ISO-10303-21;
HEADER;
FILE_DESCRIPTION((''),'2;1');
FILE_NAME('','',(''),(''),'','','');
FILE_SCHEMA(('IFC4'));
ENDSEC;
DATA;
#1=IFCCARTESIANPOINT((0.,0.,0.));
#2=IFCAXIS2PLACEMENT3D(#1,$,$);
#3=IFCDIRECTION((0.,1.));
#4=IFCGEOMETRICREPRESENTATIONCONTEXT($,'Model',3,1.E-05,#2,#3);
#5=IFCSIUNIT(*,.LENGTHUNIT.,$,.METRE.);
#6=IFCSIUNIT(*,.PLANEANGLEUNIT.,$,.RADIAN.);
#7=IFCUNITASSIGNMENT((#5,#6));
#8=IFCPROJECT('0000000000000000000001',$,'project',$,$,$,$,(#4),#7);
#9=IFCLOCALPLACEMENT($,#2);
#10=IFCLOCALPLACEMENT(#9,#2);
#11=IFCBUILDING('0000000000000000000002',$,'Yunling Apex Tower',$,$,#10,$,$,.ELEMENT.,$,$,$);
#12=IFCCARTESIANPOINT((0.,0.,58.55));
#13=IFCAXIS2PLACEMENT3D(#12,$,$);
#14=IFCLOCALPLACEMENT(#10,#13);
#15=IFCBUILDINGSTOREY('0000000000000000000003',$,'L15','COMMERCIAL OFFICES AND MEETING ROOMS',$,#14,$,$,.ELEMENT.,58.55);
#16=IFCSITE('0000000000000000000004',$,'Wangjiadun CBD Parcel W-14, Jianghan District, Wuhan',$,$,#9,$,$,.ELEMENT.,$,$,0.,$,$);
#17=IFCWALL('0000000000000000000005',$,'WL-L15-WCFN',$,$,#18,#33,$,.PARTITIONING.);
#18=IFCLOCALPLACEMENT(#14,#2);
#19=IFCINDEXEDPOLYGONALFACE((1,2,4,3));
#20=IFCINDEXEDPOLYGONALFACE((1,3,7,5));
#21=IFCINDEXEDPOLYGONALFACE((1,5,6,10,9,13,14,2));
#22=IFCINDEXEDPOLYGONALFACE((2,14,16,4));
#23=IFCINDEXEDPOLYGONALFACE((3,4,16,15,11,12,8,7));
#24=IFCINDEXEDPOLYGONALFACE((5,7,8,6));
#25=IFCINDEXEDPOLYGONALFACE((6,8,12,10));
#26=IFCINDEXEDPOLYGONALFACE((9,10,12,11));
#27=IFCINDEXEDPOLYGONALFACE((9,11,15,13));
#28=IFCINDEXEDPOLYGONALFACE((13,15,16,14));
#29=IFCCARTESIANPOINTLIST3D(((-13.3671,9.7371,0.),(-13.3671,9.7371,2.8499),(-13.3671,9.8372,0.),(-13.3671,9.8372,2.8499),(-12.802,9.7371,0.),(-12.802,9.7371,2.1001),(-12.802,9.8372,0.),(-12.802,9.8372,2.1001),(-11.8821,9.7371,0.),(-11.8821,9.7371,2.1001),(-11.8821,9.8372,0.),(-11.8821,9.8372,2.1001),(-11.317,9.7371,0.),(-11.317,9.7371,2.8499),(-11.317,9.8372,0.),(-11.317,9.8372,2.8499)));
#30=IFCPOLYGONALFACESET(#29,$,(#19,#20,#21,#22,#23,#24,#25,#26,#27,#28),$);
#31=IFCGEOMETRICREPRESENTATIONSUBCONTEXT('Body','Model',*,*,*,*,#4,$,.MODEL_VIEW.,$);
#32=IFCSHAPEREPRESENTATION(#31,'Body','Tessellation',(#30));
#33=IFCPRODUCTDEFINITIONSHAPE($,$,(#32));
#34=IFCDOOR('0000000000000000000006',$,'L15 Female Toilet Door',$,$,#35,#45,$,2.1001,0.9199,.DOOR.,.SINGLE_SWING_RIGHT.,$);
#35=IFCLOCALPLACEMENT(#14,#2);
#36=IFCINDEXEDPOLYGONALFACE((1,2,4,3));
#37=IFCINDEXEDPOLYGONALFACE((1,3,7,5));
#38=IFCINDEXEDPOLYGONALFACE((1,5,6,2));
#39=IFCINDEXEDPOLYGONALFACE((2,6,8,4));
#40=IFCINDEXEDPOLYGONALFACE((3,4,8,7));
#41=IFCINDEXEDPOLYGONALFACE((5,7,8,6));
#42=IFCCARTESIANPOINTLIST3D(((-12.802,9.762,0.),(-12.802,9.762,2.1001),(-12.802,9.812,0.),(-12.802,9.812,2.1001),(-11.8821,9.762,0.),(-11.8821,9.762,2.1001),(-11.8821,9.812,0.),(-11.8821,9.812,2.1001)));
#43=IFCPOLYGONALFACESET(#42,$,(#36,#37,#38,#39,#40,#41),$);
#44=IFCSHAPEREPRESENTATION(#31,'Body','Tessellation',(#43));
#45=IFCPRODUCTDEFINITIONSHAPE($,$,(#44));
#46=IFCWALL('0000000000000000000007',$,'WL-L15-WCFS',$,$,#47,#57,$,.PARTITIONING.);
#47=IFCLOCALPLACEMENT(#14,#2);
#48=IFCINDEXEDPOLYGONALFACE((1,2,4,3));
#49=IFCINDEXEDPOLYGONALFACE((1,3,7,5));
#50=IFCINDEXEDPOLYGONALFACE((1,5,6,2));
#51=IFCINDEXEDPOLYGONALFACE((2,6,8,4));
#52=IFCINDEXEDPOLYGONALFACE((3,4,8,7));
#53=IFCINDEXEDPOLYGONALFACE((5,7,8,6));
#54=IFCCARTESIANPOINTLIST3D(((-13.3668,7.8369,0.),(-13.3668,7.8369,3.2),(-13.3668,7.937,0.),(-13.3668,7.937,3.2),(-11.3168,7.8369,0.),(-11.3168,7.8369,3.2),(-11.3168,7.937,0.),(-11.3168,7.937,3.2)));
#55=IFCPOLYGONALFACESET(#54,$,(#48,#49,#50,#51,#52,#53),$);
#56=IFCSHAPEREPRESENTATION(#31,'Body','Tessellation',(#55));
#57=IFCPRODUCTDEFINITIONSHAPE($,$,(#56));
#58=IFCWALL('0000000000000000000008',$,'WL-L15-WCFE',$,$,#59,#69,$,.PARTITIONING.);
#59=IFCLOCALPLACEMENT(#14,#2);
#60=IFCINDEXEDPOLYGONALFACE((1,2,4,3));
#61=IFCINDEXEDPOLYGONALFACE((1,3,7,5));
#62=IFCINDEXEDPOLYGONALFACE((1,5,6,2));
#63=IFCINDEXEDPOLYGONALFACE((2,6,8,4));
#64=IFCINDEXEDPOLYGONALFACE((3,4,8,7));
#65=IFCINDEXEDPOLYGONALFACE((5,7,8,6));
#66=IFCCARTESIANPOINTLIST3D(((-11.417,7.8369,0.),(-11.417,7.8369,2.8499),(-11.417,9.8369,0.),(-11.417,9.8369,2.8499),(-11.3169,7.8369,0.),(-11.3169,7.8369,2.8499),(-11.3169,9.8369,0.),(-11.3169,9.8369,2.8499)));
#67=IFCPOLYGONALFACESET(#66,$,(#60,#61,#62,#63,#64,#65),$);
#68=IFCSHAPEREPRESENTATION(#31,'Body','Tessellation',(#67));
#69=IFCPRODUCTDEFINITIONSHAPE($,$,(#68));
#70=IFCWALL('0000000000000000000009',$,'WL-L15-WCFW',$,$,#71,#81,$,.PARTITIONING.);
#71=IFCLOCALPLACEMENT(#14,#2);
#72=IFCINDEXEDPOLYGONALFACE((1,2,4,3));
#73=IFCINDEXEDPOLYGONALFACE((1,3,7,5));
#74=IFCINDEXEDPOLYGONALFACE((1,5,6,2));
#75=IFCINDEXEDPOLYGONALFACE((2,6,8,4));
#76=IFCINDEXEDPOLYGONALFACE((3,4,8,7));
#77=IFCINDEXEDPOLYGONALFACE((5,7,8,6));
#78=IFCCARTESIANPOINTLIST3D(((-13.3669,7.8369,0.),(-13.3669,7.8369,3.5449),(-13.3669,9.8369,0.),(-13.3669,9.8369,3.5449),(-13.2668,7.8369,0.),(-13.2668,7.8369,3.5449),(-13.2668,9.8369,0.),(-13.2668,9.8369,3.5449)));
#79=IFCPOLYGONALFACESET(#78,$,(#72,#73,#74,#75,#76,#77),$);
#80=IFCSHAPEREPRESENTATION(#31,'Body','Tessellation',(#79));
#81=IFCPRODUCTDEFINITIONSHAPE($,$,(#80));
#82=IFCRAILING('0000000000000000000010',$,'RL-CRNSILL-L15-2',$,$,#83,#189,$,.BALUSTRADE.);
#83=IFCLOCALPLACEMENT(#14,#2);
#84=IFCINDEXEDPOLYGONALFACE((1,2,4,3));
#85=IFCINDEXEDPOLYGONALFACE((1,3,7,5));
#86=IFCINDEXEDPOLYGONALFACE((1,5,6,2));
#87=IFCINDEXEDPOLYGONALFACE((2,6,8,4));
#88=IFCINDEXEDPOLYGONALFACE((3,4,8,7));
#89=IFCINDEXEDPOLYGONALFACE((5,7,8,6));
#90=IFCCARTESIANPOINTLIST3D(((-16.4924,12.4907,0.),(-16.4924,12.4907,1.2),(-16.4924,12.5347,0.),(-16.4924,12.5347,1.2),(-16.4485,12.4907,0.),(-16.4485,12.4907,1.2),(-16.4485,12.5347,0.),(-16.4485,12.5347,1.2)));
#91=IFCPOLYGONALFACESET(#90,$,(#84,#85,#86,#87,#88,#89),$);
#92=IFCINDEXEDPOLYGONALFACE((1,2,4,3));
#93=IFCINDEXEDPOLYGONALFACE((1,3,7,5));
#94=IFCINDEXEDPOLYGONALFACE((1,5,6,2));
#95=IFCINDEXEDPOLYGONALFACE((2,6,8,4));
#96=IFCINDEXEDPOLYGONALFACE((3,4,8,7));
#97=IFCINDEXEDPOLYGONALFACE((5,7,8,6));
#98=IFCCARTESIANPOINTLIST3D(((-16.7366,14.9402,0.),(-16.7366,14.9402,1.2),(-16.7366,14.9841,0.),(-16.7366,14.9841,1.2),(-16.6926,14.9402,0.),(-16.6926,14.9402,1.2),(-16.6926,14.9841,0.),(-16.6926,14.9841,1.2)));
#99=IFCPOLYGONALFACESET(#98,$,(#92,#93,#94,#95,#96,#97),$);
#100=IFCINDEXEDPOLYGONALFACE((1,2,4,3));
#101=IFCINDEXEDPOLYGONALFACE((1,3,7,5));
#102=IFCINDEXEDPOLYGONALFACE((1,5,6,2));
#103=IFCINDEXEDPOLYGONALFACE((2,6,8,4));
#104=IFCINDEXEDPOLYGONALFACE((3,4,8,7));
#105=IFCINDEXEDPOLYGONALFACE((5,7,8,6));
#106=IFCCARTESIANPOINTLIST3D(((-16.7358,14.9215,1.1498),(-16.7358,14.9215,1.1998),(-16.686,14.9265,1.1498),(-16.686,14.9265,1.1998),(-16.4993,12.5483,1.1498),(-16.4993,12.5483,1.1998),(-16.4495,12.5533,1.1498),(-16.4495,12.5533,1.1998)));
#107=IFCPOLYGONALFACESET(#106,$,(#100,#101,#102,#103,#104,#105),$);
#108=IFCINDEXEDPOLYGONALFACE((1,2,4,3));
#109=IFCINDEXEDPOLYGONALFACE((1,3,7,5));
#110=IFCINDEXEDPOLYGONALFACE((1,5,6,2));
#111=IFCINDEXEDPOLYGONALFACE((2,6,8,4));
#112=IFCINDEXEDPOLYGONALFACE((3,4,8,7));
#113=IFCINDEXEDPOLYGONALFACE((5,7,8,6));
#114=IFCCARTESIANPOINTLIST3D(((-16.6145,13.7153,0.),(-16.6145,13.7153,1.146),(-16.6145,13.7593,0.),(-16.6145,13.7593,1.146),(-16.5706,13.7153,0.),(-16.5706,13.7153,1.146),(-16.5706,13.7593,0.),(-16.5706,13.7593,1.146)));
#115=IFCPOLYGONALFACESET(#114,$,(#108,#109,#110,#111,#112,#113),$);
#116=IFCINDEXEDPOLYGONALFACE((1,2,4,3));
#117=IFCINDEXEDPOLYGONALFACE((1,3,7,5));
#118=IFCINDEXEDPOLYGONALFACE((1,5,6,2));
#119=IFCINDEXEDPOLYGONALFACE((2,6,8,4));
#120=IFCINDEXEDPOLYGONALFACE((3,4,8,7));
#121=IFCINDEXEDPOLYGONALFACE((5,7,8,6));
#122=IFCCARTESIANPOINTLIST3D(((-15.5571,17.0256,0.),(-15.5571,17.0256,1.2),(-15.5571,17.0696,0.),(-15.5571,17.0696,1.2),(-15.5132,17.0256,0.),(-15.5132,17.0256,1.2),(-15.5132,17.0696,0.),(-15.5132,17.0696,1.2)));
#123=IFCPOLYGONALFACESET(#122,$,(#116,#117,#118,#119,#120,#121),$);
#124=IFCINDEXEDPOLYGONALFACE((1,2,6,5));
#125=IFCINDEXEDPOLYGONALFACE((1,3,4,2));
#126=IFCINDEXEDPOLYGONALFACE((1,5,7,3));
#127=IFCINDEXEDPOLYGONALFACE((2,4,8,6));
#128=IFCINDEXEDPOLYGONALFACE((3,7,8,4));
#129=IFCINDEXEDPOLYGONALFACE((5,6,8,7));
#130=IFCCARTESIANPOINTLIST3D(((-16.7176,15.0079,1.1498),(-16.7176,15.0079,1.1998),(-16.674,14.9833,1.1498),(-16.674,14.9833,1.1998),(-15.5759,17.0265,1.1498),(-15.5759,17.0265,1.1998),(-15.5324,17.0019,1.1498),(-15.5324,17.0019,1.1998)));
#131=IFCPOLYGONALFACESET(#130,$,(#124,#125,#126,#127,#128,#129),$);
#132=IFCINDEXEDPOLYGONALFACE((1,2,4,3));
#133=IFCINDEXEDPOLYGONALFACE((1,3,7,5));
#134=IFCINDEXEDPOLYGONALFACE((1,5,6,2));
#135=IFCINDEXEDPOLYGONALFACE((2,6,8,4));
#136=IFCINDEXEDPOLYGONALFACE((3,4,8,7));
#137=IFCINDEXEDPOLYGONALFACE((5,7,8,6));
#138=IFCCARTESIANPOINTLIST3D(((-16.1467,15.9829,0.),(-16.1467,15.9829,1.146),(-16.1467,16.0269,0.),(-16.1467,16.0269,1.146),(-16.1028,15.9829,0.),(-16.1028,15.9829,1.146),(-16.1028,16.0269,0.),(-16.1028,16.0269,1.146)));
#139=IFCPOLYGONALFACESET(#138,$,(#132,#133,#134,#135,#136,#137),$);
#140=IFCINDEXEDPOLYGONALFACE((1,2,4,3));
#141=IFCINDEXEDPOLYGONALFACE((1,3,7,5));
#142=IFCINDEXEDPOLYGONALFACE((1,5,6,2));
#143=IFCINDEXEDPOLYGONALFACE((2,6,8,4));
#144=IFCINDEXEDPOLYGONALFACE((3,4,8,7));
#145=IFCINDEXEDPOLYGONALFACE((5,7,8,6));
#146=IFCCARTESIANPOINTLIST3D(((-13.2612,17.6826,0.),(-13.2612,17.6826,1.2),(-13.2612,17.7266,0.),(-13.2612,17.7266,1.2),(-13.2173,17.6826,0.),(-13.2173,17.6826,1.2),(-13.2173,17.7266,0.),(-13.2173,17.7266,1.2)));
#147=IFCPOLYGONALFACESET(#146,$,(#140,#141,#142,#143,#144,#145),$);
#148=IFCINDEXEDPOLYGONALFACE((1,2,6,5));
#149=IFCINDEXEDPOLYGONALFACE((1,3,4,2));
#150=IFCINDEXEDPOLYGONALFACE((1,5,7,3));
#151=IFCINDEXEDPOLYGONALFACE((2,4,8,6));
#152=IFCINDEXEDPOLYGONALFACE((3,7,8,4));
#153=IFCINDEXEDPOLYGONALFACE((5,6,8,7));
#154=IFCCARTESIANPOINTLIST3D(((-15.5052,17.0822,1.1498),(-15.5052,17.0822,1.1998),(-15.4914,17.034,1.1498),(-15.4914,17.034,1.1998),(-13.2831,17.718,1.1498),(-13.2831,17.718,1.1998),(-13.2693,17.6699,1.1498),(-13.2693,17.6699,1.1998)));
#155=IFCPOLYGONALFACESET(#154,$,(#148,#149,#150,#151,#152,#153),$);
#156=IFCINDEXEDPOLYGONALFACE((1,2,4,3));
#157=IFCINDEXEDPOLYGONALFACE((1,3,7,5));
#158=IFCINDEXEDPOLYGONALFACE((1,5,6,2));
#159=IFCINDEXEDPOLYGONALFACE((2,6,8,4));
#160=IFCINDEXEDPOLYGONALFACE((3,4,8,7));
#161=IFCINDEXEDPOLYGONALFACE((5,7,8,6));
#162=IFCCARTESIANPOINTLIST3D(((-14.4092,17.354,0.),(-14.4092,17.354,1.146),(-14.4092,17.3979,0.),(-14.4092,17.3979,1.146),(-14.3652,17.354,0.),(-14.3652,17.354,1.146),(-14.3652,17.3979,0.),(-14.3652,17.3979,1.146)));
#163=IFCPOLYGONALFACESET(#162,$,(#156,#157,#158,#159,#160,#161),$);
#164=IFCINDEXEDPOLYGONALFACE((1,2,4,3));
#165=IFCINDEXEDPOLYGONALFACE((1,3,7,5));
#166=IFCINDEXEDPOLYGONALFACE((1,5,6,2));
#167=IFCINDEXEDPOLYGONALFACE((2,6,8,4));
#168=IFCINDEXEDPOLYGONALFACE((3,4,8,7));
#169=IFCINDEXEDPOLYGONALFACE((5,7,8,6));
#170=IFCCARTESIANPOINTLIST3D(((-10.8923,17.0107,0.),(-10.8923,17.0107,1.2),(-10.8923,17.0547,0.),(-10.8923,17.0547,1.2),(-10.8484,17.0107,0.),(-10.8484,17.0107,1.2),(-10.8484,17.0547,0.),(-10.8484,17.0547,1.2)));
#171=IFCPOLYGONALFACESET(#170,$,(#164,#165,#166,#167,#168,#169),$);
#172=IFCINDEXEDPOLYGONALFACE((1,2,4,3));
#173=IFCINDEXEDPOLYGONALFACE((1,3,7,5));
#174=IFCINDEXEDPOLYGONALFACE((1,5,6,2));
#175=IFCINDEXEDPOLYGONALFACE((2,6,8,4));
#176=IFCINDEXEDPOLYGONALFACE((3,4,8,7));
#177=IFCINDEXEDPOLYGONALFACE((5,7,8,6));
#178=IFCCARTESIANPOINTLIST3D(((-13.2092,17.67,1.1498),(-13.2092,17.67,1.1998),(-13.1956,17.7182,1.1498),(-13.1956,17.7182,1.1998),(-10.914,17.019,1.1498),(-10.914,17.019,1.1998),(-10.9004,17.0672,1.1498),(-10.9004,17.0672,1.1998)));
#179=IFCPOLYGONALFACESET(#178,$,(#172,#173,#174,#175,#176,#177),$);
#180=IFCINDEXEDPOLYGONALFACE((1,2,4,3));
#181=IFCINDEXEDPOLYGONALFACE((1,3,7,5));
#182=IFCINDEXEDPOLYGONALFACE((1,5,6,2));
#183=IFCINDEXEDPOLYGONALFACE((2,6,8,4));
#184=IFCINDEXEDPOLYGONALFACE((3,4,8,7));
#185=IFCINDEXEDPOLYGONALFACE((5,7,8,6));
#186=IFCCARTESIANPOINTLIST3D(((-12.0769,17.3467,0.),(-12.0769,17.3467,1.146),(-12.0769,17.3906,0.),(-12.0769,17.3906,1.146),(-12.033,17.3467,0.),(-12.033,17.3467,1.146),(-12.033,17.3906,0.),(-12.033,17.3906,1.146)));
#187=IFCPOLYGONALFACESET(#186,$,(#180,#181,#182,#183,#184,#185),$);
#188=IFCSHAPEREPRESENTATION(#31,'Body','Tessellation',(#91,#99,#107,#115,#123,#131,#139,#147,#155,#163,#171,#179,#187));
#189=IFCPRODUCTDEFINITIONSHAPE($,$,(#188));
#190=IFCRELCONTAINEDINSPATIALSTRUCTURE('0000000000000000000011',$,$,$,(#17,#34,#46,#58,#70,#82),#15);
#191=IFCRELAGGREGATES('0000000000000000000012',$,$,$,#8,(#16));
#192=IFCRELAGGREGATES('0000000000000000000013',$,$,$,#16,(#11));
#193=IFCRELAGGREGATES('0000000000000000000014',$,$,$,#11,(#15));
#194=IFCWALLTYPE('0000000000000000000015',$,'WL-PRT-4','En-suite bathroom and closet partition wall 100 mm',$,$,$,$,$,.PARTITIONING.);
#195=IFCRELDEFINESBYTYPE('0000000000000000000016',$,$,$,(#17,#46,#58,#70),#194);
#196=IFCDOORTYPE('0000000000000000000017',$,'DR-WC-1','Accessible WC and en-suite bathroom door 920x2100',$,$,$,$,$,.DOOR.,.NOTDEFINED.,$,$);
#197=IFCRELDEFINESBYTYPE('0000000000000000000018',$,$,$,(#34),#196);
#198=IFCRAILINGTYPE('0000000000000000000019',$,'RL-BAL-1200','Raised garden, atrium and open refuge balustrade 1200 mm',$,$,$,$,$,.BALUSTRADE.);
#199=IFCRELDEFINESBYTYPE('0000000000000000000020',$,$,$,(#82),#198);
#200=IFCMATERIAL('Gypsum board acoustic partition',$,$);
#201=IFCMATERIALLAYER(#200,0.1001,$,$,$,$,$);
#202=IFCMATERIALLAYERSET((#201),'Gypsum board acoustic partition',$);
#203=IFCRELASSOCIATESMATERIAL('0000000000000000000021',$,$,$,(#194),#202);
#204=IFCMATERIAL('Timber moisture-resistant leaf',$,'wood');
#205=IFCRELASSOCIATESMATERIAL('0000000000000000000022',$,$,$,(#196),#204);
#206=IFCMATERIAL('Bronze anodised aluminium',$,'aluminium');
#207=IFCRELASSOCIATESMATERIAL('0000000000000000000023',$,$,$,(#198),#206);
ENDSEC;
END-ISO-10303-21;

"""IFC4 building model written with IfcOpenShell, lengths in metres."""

from ifc_helpers import new_model, si_unit, direction, frame, frame_2d, origin, origin_2d, place, context, subcontext, project, spatial, rectangle, extrude, material, layer, layer_set, type_object, element, fill, save


model = new_model("IFC4")

# Units and contexts
model_context = context("Model", 3, precision=1e-05, world=origin(), true_north=direction((0.0, 1.0)))
body_context = subcontext(model_context, "Body", "Model", "MODEL_VIEW")
ifc_project = project(units=[si_unit("LENGTHUNIT", "METRE"), si_unit("PLANEANGLEUNIT", "RADIAN")], contexts=[model_context])

# Site, building, storey
site_placement = place(None, origin())
site = spatial("IfcSite", under=ifc_project, at=site_placement, Name="Wangjiadun CBD Parcel W-14, Jianghan District, Wuhan", CompositionType="ELEMENT", RefElevation=0.0)
building_placement = place(site_placement, origin())
building = spatial("IfcBuilding", under=site, at=building_placement, Name="Yunling Apex Tower", CompositionType="ELEMENT")
storey_placement = place(building_placement, frame((0.0, 0.0, 58.55)))
storey = spatial("IfcBuildingStorey", under=building, at=storey_placement, Name="L15", Description="COMMERCIAL OFFICES AND MEETING ROOMS", CompositionType="ELEMENT", Elevation=58.55)

# Shared definitions
ifc_material_1 = material(Name="Bronze anodised aluminium", Category="aluminium")

# Shared definitions
ifc_material_2 = material(Name="Gypsum board acoustic partition")

# Wall, opening, door
ifc_layer_1 = layer(ifc_material_2, 0.1001)
ifc_layer_set_1 = layer_set([ifc_layer_1], Name="Gypsum board acoustic partition")
wall_type_1 = type_object("IfcWallType", Name="WL-PRT-4", Description="En-suite bathroom and closet partition wall 100 mm", PredefinedType="PARTITIONING", material=ifc_layer_set_1)
wall_1_placement = place(storey_placement, frame((-13.3669, 9.7871, 0.0), z_axis=(0.0, 0.0, 1.0), x_axis=(1.0, 0.0, 0.0)))
wall_1 = element("IfcWall", 1, at=wall_1_placement, inside=storey, type_object=wall_type_1, Name="WL-L15-WCFN", PredefinedType="PARTITIONING", context=body_context, shape_type="SweptSolid", body=[
    extrude(rectangle(XDim=2.05, YDim=0.1001, at=frame_2d((1.0249, 0.0))), origin(), (0.0, 0.0, 1.0), 2.8499),
])
opening_placement = place(wall_1_placement, frame((0.5649, 0.0, 0.0)))
opening = element("IfcOpeningElement", 2, at=opening_placement, cuts=wall_1, PredefinedType="OPENING", context=body_context, shape_type="SweptSolid", body=[
    extrude(rectangle(XDim=0.9199, YDim=2.1001, at=frame_2d((0.46, 1.05))), frame((0.0, 0.0601, 0.0), z_axis=(0.0, -1.0, 0.0), x_axis=(1.0, 0.0, 0.0)), (0.0, 0.0, 1.0), 0.1201),
])
ifc_material_3 = material(Name="Timber moisture-resistant leaf", Category="wood")
door_type = type_object("IfcDoorType", Name="DR-WC-1", Description="Accessible WC and en-suite bathroom door 920x2100", OperationType="NOTDEFINED", PredefinedType="DOOR", material=ifc_material_3)
door_placement = place(opening_placement, origin())
door = element("IfcDoor", 3, at=door_placement, inside=storey, type_object=door_type, Name="L15 Female Toilet Door", OperationType="SINGLE_SWING_RIGHT", OverallHeight=2.1001, OverallWidth=0.9199, PredefinedType="DOOR", context=body_context, shape_type="SweptSolid", body=[
    extrude(rectangle(XDim=0.9199, YDim=2.1001, at=frame_2d((0.46, 1.05))), frame((0.0, 0.0249, 0.0), z_axis=(0.0, -1.0, 0.0), x_axis=(1.0, 0.0, 0.0)), (0.0, 0.0, 1.0), 0.05),
])
fill(opening, door)

# Walls
wall_2_placement = place(storey_placement, frame((-11.3169, 7.887, 0.0), z_axis=(0.0, 0.0, 1.0), x_axis=(-1.0, 0.0, 0.0)))
element("IfcWall", 4, at=wall_2_placement, inside=storey, type_object=wall_type_1, Name="WL-L15-WCFS", PredefinedType="PARTITIONING", context=body_context, shape_type="SweptSolid", body=[
    extrude(rectangle(XDim=2.05, YDim=0.1001, at=frame_2d((1.0249, 0.0))), origin(), (0.0, 0.0, 1.0), 3.2),
])
wall_3_placement = place(storey_placement, frame((-11.3669, 9.8369, 0.0), z_axis=(0.0, 0.0, 1.0), x_axis=(0.0, -1.0, 0.0)))
element("IfcWall", 5, at=wall_3_placement, inside=storey, type_object=wall_type_1, Name="WL-L15-WCFE", PredefinedType="PARTITIONING", context=body_context, shape_type="SweptSolid", body=[
    extrude(rectangle(XDim=2.0, YDim=0.1001, at=frame_2d((1.0, 0.0))), origin(), (0.0, 0.0, 1.0), 2.8499),
])
wall_4_placement = place(storey_placement, frame((-13.3169, 7.8369, 0.0), z_axis=(0.0, 0.0, 1.0), x_axis=(0.0, 1.0, 0.0)))
element("IfcWall", 6, at=wall_4_placement, inside=storey, type_object=wall_type_1, Name="WL-L15-WCFW", PredefinedType="PARTITIONING", context=body_context, shape_type="SweptSolid", body=[
    extrude(rectangle(XDim=2.0, YDim=0.1001, at=frame_2d((1.0, 0.0))), origin(), (0.0, 0.0, 1.0), 3.5449),
])

# Railing
railing_type = type_object("IfcRailingType", Name="RL-BAL-1200", Description="Raised garden, atrium and open refuge balustrade 1200 mm", PredefinedType="BALUSTRADE", material=ifc_material_1)
railing_placement = place(storey_placement, frame((-16.4705, 12.5127, 0.0)))
element("IfcRailing", 7, at=railing_placement, inside=storey, type_object=railing_type, Name="RL-CRNSILL-L15-2", PredefinedType="BALUSTRADE", context=body_context, shape_type="SweptSolid", body=[
    extrude(rectangle(XDim=0.0439, YDim=0.0439, at=origin_2d()), origin(), (0.0, 0.0, 1.0), 1.2),
    extrude(rectangle(XDim=0.0439, YDim=0.0439, at=origin_2d()), frame((-0.2441, 2.4495, 0.0)), (0.0, 0.0, 1.0), 1.2),
    extrude(rectangle(XDim=0.05, YDim=0.05, at=origin_2d()), frame((-0.0039, 0.0381, 1.1748), z_axis=(-0.09918, 0.99507, 0.0), x_axis=(-0.99507, -0.09918, 0.0)), (0.0, 0.0, 1.0), 2.385),
    extrude(rectangle(XDim=0.0439, YDim=0.0439, at=origin_2d()), frame((-0.1221, 1.2246, 0.0)), (0.0, 0.0, 1.0), 1.146),
    extrude(rectangle(XDim=0.0439, YDim=0.0439, at=origin_2d()), frame((0.9353, 4.5349, 0.0)), (0.0, 0.0, 1.0), 1.2),
    extrude(rectangle(XDim=0.05, YDim=0.05, at=origin_2d()), frame((-0.2253, 2.4829, 1.1748), z_axis=(0.492282, 0.870436, 0.0), x_axis=(-0.870436, 0.492282, 0.0)), (0.0, 0.0, 1.0), 2.3191),
    extrude(rectangle(XDim=0.0439, YDim=0.0439, at=origin_2d()), frame((0.3457, 3.4922, 0.0)), (0.0, 0.0, 1.0), 1.146),
    extrude(rectangle(XDim=0.0439, YDim=0.0439, at=origin_2d()), frame((3.2312, 5.1919, 0.0)), (0.0, 0.0, 1.0), 1.2),
    extrude(rectangle(XDim=0.05, YDim=0.05, at=origin_2d()), frame((0.9722, 4.5454, 1.1748), z_axis=(0.961412, 0.275113, 0.0), x_axis=(-0.275113, 0.961412, 0.0)), (0.0, 0.0, 1.0), 2.3113),
    extrude(rectangle(XDim=0.0439, YDim=0.0439, at=origin_2d()), frame((2.0833, 4.8633, 0.0)), (0.0, 0.0, 1.0), 1.146),
    extrude(rectangle(XDim=0.0439, YDim=0.0439, at=origin_2d()), frame((5.6001, 4.52, 0.0)), (0.0, 0.0, 1.0), 1.2),
    extrude(rectangle(XDim=0.05, YDim=0.05, at=origin_2d()), frame((3.2681, 5.1814, 1.1748), z_axis=(0.962053, -0.272861, 0.0), x_axis=(0.272861, 0.962053, 0.0)), (0.0, 0.0, 1.0), 2.3857),
    extrude(rectangle(XDim=0.0439, YDim=0.0439, at=origin_2d()), frame((4.4155, 4.856, 0.0)), (0.0, 0.0, 1.0), 1.146),
])

save(model, "model.ifc")
